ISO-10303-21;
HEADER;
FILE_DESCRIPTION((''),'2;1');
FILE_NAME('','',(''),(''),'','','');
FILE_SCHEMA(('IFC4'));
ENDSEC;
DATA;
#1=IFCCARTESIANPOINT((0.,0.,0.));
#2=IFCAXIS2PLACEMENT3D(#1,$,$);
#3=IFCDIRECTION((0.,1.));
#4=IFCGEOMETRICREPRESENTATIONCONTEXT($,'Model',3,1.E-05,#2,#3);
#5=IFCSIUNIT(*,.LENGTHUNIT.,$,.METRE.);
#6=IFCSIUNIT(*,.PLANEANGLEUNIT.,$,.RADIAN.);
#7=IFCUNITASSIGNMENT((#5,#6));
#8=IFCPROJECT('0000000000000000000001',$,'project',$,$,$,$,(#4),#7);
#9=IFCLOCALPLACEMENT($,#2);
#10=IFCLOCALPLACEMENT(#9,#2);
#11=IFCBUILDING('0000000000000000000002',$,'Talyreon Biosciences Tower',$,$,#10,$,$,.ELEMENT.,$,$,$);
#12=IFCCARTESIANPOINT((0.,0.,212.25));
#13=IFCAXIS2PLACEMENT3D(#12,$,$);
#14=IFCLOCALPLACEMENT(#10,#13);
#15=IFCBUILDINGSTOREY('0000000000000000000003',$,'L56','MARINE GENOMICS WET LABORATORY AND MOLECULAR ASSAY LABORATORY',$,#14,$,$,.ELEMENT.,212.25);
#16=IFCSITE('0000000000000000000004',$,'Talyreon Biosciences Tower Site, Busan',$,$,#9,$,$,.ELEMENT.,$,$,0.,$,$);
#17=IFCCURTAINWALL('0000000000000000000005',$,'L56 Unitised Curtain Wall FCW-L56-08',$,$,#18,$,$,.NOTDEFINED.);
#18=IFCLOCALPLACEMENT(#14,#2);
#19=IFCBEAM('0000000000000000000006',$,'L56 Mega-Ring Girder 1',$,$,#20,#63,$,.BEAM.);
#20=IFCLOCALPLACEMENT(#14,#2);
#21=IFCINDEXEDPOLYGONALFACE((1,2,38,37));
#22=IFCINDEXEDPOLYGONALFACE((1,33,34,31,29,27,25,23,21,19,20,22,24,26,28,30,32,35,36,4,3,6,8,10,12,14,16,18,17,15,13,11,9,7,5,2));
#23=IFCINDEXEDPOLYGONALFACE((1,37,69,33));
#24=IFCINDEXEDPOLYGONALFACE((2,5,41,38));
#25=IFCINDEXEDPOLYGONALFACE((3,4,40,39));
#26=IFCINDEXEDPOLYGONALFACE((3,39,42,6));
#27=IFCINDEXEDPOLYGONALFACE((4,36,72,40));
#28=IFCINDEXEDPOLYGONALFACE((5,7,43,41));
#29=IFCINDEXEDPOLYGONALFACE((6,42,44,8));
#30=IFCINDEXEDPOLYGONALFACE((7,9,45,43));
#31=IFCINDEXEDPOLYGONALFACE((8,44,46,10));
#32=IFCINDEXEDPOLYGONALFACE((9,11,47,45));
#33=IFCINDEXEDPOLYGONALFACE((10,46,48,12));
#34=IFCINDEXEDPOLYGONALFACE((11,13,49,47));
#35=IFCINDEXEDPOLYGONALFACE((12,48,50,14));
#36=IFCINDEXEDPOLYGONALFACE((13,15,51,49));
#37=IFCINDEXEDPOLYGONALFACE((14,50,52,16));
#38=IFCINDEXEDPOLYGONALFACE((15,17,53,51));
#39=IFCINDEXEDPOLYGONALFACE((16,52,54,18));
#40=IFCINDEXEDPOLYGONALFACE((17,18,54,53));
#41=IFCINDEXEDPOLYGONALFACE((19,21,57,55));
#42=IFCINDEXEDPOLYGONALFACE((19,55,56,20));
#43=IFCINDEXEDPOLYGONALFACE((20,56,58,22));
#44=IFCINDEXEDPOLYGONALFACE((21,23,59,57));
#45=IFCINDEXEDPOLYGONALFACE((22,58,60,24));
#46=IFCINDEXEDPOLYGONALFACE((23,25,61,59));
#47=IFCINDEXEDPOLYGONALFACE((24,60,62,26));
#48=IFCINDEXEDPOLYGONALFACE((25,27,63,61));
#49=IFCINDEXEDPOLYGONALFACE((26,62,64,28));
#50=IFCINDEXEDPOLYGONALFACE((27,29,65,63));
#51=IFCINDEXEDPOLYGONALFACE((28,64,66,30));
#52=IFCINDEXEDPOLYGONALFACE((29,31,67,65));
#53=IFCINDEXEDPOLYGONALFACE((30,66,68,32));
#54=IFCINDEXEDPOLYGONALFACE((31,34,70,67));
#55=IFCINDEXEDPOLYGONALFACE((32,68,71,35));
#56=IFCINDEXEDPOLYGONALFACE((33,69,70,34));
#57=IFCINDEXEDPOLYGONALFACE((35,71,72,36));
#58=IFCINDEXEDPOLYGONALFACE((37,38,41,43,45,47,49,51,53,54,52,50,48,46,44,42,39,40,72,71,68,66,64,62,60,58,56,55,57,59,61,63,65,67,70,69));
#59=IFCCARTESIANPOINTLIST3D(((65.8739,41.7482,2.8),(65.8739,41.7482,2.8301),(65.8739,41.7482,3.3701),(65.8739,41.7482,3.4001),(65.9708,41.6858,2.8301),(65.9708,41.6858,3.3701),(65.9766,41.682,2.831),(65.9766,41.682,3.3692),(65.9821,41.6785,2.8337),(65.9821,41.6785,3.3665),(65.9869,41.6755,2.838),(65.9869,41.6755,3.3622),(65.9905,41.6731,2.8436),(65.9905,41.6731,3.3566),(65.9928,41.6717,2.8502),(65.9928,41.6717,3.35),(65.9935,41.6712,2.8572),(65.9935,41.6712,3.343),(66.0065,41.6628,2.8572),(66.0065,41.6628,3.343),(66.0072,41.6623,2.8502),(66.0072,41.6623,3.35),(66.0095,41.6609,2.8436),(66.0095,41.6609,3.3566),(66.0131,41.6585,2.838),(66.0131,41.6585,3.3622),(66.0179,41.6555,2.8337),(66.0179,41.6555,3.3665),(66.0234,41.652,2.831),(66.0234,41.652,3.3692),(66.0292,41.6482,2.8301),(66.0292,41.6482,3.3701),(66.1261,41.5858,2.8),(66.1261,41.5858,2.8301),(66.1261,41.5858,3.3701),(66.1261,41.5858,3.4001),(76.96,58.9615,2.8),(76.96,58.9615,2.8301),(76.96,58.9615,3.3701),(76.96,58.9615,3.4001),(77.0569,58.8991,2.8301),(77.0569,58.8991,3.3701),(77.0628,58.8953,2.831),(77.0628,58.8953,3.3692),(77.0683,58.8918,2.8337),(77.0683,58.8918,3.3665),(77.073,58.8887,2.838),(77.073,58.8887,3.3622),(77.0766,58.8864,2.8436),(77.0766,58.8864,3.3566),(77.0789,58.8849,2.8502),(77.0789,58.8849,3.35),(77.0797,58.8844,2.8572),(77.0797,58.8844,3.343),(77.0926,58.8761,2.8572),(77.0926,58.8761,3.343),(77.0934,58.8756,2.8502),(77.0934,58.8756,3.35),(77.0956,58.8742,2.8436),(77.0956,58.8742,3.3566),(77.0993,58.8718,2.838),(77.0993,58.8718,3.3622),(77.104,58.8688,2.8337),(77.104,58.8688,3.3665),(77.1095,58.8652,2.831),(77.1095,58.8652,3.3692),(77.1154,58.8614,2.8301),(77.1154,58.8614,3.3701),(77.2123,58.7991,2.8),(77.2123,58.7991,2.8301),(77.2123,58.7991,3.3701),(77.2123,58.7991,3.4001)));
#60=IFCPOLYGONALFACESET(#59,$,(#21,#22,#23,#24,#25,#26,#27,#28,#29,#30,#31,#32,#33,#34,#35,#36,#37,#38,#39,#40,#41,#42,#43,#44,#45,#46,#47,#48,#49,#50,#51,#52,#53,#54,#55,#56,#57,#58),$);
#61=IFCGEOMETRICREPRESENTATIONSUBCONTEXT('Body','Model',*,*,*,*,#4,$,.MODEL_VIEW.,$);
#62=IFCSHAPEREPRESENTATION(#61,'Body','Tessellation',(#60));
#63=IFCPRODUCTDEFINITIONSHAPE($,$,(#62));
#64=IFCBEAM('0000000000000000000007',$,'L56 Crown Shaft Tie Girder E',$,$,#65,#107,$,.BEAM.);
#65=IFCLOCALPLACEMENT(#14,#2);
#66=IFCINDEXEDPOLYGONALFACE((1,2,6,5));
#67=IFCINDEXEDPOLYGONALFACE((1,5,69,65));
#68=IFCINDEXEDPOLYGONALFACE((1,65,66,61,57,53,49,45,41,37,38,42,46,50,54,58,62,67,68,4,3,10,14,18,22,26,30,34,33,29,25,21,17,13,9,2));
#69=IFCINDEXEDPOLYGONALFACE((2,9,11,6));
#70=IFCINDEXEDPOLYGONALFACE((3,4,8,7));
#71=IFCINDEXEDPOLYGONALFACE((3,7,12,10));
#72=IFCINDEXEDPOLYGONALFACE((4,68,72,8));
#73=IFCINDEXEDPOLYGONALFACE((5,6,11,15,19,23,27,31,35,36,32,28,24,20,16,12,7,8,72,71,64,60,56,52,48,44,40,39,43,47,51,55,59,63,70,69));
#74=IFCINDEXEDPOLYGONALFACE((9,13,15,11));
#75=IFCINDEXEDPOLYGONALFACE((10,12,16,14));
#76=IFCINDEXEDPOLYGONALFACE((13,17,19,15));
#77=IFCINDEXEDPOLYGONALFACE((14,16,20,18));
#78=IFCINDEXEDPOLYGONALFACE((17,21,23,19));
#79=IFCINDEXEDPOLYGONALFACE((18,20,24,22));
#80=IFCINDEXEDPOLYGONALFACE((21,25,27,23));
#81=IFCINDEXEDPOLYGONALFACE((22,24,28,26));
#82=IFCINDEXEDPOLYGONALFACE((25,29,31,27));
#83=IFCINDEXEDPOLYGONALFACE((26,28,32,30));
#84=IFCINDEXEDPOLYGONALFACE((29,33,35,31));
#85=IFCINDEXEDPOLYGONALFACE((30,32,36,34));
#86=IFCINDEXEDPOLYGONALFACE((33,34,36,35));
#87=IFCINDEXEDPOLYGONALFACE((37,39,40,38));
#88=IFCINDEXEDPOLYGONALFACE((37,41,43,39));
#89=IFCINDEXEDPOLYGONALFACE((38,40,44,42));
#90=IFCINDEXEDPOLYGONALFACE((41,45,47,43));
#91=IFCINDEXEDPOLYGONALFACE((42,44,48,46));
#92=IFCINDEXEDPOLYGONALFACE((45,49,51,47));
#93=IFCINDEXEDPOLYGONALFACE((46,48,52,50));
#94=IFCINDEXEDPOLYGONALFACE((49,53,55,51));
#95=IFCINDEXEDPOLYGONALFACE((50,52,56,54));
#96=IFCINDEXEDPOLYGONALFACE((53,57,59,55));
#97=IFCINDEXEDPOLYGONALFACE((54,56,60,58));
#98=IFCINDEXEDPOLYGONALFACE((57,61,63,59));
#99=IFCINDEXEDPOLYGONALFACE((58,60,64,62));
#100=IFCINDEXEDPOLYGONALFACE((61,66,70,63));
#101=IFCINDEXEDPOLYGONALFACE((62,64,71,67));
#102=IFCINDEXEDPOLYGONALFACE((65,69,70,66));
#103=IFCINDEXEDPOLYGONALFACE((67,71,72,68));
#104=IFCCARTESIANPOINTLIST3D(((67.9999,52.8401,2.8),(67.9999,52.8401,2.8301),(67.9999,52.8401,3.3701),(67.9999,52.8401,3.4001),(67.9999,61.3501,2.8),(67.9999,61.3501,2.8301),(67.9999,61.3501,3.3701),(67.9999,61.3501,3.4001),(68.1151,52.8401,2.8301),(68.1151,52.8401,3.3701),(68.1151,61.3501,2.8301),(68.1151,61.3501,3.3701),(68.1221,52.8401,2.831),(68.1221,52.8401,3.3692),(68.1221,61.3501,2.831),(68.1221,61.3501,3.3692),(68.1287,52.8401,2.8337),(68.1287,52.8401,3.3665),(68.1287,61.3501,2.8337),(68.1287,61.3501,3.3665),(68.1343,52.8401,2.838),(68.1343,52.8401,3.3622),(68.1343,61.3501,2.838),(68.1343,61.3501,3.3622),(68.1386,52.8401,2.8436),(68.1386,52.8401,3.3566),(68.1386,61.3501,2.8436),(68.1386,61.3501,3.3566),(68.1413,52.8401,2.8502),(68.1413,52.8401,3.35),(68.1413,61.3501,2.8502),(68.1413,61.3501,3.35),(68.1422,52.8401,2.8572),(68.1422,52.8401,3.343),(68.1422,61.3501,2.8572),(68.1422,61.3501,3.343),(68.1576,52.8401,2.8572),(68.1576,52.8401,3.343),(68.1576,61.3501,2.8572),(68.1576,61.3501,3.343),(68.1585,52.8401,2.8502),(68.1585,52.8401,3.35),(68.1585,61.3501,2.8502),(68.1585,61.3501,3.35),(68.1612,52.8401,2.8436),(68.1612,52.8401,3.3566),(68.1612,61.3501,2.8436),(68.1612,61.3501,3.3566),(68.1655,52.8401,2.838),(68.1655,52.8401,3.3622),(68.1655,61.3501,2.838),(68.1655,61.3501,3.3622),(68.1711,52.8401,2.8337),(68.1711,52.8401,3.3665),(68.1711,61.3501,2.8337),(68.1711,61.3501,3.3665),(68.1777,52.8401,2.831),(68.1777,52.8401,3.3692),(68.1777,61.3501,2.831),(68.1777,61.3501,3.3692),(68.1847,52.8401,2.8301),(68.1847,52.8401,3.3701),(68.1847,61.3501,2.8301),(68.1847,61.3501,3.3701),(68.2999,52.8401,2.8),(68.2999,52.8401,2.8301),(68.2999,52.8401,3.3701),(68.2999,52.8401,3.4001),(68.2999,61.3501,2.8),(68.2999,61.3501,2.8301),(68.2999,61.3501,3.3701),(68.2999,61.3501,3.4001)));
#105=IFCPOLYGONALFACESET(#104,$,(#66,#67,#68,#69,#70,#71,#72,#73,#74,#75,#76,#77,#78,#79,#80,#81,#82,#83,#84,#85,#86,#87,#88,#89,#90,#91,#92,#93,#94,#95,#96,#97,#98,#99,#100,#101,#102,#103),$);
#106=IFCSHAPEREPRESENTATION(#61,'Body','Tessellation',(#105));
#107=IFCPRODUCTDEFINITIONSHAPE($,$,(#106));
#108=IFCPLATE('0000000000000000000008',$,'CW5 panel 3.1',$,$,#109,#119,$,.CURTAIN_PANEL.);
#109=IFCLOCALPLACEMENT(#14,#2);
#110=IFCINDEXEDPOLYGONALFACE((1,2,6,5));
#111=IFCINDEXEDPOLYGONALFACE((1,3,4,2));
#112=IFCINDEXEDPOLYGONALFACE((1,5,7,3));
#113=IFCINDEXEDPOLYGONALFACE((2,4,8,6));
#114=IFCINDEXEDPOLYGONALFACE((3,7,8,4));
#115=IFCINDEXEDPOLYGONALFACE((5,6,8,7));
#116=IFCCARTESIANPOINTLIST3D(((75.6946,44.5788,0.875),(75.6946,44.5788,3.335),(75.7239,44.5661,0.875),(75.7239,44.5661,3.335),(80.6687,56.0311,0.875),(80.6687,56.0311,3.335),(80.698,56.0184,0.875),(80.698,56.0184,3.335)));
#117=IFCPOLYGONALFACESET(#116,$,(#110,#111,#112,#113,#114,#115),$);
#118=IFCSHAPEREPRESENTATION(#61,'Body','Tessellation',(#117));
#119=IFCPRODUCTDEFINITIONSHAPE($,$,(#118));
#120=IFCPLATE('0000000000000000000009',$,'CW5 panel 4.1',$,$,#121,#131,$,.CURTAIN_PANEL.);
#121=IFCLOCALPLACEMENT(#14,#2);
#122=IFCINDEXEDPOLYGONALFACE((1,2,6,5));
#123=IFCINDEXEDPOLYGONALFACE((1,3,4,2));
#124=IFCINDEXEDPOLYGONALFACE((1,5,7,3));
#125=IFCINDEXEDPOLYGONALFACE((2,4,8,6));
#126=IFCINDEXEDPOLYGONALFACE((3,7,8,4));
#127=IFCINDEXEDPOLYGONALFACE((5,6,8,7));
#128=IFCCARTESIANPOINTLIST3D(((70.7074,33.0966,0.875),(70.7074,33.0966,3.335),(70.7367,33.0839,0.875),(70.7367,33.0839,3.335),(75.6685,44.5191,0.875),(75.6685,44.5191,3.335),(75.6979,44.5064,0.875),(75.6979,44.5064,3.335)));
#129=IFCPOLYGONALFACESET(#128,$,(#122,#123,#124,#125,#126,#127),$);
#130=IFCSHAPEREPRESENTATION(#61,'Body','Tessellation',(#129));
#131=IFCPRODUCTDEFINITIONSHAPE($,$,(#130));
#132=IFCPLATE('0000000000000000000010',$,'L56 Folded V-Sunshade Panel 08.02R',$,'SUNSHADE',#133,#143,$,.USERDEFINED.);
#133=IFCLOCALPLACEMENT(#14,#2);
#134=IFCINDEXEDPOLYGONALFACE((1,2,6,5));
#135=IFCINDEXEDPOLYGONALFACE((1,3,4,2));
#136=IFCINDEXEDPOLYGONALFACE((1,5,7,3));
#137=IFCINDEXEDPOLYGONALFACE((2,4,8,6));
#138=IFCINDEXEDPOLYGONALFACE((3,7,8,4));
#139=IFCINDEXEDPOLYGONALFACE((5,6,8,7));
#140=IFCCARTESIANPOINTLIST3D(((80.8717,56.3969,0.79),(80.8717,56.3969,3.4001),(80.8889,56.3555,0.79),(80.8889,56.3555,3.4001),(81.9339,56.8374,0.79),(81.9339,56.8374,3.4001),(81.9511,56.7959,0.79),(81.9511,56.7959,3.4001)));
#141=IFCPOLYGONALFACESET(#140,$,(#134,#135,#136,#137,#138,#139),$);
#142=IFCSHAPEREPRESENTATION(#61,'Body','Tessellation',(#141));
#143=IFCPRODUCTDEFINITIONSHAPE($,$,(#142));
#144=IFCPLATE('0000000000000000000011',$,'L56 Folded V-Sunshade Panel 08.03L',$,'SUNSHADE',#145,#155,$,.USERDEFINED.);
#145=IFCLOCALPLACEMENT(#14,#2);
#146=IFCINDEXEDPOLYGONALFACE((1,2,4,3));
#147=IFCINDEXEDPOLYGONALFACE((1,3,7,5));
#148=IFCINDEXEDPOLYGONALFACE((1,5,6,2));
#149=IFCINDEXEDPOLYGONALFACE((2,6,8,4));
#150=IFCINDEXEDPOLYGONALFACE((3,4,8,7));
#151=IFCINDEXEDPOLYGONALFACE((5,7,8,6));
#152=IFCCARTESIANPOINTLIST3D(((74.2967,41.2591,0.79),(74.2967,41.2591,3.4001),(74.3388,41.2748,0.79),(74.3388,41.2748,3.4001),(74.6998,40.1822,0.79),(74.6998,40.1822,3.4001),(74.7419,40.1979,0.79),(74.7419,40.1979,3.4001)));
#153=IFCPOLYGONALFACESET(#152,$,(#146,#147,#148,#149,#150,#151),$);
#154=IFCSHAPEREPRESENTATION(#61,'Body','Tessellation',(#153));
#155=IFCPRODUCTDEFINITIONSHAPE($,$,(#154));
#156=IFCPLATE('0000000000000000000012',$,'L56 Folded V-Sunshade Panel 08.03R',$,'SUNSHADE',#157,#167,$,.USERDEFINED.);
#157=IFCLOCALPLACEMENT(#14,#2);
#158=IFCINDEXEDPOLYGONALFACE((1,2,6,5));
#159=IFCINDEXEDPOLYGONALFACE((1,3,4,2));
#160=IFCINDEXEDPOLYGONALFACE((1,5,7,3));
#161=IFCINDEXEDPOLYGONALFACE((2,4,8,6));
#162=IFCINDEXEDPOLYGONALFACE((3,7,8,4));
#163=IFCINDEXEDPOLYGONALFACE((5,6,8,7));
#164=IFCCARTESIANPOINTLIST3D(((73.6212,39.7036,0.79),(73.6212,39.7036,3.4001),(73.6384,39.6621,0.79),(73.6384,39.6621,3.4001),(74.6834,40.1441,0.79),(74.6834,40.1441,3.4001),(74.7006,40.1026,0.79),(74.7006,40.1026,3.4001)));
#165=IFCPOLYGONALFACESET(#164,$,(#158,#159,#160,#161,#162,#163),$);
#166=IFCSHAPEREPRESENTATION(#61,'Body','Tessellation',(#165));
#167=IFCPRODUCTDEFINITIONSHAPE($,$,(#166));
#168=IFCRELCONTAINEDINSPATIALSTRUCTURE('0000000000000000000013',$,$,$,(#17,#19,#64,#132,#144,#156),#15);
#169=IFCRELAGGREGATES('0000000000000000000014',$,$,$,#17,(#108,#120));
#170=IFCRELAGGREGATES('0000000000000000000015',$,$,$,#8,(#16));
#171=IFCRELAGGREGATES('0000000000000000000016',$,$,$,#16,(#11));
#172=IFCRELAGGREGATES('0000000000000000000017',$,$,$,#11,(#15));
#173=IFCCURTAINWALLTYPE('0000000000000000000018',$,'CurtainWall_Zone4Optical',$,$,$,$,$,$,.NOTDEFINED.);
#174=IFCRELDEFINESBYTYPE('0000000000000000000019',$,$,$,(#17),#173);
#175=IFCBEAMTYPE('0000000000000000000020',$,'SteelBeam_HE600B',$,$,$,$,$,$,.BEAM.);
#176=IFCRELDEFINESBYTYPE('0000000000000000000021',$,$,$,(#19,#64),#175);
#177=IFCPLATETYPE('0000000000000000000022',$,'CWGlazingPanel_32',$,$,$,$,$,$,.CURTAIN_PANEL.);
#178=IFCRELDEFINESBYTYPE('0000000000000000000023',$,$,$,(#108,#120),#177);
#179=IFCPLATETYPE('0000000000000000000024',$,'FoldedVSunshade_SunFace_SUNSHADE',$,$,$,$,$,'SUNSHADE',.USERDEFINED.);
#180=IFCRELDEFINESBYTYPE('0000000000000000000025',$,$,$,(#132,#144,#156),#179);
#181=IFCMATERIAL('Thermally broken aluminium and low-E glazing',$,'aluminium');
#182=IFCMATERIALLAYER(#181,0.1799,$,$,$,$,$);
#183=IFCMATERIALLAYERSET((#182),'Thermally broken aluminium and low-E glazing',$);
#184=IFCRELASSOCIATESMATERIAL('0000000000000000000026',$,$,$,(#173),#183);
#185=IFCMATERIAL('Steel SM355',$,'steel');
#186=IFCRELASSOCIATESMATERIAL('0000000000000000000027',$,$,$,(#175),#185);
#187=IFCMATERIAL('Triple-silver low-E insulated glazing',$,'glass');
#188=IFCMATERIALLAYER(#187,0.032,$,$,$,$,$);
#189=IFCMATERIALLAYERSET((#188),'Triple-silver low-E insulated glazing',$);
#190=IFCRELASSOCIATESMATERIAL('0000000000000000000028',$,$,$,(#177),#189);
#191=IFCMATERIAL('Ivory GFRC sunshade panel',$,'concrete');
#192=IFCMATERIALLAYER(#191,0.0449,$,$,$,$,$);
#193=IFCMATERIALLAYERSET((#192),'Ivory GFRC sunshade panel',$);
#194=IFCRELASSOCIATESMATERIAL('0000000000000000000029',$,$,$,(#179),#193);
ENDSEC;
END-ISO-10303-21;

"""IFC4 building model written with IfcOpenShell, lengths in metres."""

from ifc_helpers import new_model, si_unit, direction, frame, origin, origin_2d, place, context, subcontext, project, spatial, rectangle, i_section, extrude, material, layer, layer_set, material_profile, profile_set, type_object, element, aggregate, save


model = new_model("IFC4")

# Units and contexts
model_context = context("Model", 3, precision=1e-05, world=origin(), true_north=direction((0.0, 1.0)))
body_context = subcontext(model_context, "Body", "Model", "MODEL_VIEW")
ifc_project = project(units=[si_unit("LENGTHUNIT", "METRE"), si_unit("PLANEANGLEUNIT", "RADIAN")], contexts=[model_context])

# Site, building, storey
site_placement = place(None, origin())
site = spatial("IfcSite", under=ifc_project, at=site_placement, Name="Talyreon Biosciences Tower Site, Busan", CompositionType="ELEMENT", RefElevation=0.0)
building_placement = place(site_placement, origin())
building = spatial("IfcBuilding", under=site, at=building_placement, Name="Talyreon Biosciences Tower", CompositionType="ELEMENT")
storey_placement = place(building_placement, frame((0.0, 0.0, 212.25)))
storey = spatial("IfcBuildingStorey", under=building, at=storey_placement, Name="L56", Description="MARINE GENOMICS WET LABORATORY AND MOLECULAR ASSAY LABORATORY", CompositionType="ELEMENT", Elevation=212.25)

# Curtain wall
ifc_material_1 = material(Name="Thermally broken aluminium and low-E glazing", Category="aluminium")
ifc_layer_1 = layer(ifc_material_1, 0.1799)
ifc_layer_set_1 = layer_set([ifc_layer_1], Name="Thermally broken aluminium and low-E glazing")
curtain_wall_type = type_object("IfcCurtainWallType", Name="CurtainWall_Zone4Optical", PredefinedType="NOTDEFINED", material=ifc_layer_set_1)
curtain_wall_placement = place(storey_placement, origin())
curtain_wall = element("IfcCurtainWall", 1, at=curtain_wall_placement, inside=storey, type_object=curtain_wall_type, Name="L56 Unitised Curtain Wall FCW-L56-08", PredefinedType="NOTDEFINED")

# Beams
ifc_material_2 = material(Name="Steel SM355", Category="steel")
ifc_material_profile_1 = material_profile(ifc_material_2, i_section(OverallWidth=0.3, OverallDepth=0.6001, WebThickness=0.0154, FlangeThickness=0.03, FilletRadius=0.0271, at=origin_2d()), Name="HE600B")
ifc_profile_set_1 = profile_set([ifc_material_profile_1], Name="Steel SM355")
beam_type_1 = type_object("IfcBeamType", Name="SteelBeam_HE600B", PredefinedType="BEAM", material=ifc_profile_set_1)
beam_1_placement = place(storey_placement, frame((66.0, 41.667, 3.1001), z_axis=(0.541464, 0.840724, 0.0), x_axis=(-0.840724, 0.541464, 0.0)))
element("IfcBeam", 2, at=beam_1_placement, inside=storey, type_object=beam_type_1, Name="L56 Mega-Ring Girder 1", PredefinedType="BEAM", context=body_context, shape_type="SweptSolid", body=[
    extrude(i_section(OverallWidth=0.3, OverallDepth=0.6001, WebThickness=0.0154, FlangeThickness=0.03, FilletRadius=0.0271, at=origin_2d()), origin(), (0.0, 0.0, 1.0), 20.4744),
])
beam_2_placement = place(storey_placement, frame((68.1499, 52.8401, 3.1001), z_axis=(0.0, 1.0, 0.0), x_axis=(-1.0, 0.0, 0.0)))
element("IfcBeam", 3, at=beam_2_placement, inside=storey, type_object=beam_type_1, Name="L56 Crown Shaft Tie Girder E", PredefinedType="BEAM", context=body_context, shape_type="SweptSolid", body=[
    extrude(i_section(OverallWidth=0.3, OverallDepth=0.6001, WebThickness=0.0154, FlangeThickness=0.03, FilletRadius=0.0271, at=origin_2d()), origin(), (0.0, 0.0, 1.0), 8.51),
])

# Plates
ifc_material_3 = material(Name="Triple-silver low-E insulated glazing", Category="glass")
ifc_layer_2 = layer(ifc_material_3, 0.032)
ifc_layer_set_2 = layer_set([ifc_layer_2], Name="Triple-silver low-E insulated glazing")
plate_type_1 = type_object("IfcPlateType", Name="CWGlazingPanel_32", PredefinedType="CURTAIN_PANEL", material=ifc_layer_set_2)
plate_1_placement = place(storey_placement, frame((78.1963, 50.2986, 0.875), z_axis=(0.0, 0.0, 1.0), x_axis=(-0.398376, -0.917222, 0.0)))
plate_1 = element("IfcPlate", 4, at=plate_1_placement, type_object=plate_type_1, Name="CW5 panel 3.1", PredefinedType="CURTAIN_PANEL", context=body_context, shape_type="SweptSolid", body=[
    extrude(rectangle(XDim=12.4858, YDim=0.032, at=origin_2d()), origin(), (0.0, 0.0, 1.0), 2.46),
])
plate_2_placement = place(storey_placement, frame((73.2026, 38.8015, 0.875), z_axis=(0.0, 0.0, 1.0), x_axis=(-0.398376, -0.917222, 0.0)))
plate_2 = element("IfcPlate", 5, at=plate_2_placement, type_object=plate_type_1, Name="CW5 panel 4.1", PredefinedType="CURTAIN_PANEL", context=body_context, shape_type="SweptSolid", body=[
    extrude(rectangle(XDim=12.4534, YDim=0.032, at=origin_2d()), origin(), (0.0, 0.0, 1.0), 2.46),
])
aggregate(curtain_wall, [plate_1, plate_2])

# Plates
ifc_material_4 = material(Name="Ivory GFRC sunshade panel", Category="concrete")
ifc_layer_3 = layer(ifc_material_4, 0.0449)
ifc_layer_set_3 = layer_set([ifc_layer_3], Name="Ivory GFRC sunshade panel")
plate_type_2 = type_object("IfcPlateType", Name="FoldedVSunshade_SunFace_SUNSHADE", ElementType="SUNSHADE", PredefinedType="USERDEFINED", material=ifc_layer_set_3)
for number, where, z_axis, x_axis, name in (
    (6, (81.4114, 56.5964, 0.79), (0.0, 0.0, 1.0), (-0.923726, -0.383054, 0.0), "L56 Folded V-Sunshade Panel 08.02R"),
    (7, (74.5193, 40.7285, 0.79), (0.0, 0.0, 1.0), (0.350583, -0.936532, 0.0), "L56 Folded V-Sunshade Panel 08.03L"),
    (8, (74.1609, 39.9031, 0.79), (0.0, 0.0, 1.0), (-0.923726, -0.383054, 0.0), "L56 Folded V-Sunshade Panel 08.03R"),
):
    element("IfcPlate", number, at=place(storey_placement, frame(where, z_axis=z_axis, x_axis=x_axis)), inside=storey, type_object=plate_type_2, Name=name, ObjectType="SUNSHADE", PredefinedType="USERDEFINED", context=body_context, shape_type="SweptSolid", body=[
        extrude(rectangle(XDim=1.1499, YDim=0.0449, at=origin_2d()), origin(), (0.0, 0.0, 1.0), 2.6101),
    ])

save(model, "model.ifc")
